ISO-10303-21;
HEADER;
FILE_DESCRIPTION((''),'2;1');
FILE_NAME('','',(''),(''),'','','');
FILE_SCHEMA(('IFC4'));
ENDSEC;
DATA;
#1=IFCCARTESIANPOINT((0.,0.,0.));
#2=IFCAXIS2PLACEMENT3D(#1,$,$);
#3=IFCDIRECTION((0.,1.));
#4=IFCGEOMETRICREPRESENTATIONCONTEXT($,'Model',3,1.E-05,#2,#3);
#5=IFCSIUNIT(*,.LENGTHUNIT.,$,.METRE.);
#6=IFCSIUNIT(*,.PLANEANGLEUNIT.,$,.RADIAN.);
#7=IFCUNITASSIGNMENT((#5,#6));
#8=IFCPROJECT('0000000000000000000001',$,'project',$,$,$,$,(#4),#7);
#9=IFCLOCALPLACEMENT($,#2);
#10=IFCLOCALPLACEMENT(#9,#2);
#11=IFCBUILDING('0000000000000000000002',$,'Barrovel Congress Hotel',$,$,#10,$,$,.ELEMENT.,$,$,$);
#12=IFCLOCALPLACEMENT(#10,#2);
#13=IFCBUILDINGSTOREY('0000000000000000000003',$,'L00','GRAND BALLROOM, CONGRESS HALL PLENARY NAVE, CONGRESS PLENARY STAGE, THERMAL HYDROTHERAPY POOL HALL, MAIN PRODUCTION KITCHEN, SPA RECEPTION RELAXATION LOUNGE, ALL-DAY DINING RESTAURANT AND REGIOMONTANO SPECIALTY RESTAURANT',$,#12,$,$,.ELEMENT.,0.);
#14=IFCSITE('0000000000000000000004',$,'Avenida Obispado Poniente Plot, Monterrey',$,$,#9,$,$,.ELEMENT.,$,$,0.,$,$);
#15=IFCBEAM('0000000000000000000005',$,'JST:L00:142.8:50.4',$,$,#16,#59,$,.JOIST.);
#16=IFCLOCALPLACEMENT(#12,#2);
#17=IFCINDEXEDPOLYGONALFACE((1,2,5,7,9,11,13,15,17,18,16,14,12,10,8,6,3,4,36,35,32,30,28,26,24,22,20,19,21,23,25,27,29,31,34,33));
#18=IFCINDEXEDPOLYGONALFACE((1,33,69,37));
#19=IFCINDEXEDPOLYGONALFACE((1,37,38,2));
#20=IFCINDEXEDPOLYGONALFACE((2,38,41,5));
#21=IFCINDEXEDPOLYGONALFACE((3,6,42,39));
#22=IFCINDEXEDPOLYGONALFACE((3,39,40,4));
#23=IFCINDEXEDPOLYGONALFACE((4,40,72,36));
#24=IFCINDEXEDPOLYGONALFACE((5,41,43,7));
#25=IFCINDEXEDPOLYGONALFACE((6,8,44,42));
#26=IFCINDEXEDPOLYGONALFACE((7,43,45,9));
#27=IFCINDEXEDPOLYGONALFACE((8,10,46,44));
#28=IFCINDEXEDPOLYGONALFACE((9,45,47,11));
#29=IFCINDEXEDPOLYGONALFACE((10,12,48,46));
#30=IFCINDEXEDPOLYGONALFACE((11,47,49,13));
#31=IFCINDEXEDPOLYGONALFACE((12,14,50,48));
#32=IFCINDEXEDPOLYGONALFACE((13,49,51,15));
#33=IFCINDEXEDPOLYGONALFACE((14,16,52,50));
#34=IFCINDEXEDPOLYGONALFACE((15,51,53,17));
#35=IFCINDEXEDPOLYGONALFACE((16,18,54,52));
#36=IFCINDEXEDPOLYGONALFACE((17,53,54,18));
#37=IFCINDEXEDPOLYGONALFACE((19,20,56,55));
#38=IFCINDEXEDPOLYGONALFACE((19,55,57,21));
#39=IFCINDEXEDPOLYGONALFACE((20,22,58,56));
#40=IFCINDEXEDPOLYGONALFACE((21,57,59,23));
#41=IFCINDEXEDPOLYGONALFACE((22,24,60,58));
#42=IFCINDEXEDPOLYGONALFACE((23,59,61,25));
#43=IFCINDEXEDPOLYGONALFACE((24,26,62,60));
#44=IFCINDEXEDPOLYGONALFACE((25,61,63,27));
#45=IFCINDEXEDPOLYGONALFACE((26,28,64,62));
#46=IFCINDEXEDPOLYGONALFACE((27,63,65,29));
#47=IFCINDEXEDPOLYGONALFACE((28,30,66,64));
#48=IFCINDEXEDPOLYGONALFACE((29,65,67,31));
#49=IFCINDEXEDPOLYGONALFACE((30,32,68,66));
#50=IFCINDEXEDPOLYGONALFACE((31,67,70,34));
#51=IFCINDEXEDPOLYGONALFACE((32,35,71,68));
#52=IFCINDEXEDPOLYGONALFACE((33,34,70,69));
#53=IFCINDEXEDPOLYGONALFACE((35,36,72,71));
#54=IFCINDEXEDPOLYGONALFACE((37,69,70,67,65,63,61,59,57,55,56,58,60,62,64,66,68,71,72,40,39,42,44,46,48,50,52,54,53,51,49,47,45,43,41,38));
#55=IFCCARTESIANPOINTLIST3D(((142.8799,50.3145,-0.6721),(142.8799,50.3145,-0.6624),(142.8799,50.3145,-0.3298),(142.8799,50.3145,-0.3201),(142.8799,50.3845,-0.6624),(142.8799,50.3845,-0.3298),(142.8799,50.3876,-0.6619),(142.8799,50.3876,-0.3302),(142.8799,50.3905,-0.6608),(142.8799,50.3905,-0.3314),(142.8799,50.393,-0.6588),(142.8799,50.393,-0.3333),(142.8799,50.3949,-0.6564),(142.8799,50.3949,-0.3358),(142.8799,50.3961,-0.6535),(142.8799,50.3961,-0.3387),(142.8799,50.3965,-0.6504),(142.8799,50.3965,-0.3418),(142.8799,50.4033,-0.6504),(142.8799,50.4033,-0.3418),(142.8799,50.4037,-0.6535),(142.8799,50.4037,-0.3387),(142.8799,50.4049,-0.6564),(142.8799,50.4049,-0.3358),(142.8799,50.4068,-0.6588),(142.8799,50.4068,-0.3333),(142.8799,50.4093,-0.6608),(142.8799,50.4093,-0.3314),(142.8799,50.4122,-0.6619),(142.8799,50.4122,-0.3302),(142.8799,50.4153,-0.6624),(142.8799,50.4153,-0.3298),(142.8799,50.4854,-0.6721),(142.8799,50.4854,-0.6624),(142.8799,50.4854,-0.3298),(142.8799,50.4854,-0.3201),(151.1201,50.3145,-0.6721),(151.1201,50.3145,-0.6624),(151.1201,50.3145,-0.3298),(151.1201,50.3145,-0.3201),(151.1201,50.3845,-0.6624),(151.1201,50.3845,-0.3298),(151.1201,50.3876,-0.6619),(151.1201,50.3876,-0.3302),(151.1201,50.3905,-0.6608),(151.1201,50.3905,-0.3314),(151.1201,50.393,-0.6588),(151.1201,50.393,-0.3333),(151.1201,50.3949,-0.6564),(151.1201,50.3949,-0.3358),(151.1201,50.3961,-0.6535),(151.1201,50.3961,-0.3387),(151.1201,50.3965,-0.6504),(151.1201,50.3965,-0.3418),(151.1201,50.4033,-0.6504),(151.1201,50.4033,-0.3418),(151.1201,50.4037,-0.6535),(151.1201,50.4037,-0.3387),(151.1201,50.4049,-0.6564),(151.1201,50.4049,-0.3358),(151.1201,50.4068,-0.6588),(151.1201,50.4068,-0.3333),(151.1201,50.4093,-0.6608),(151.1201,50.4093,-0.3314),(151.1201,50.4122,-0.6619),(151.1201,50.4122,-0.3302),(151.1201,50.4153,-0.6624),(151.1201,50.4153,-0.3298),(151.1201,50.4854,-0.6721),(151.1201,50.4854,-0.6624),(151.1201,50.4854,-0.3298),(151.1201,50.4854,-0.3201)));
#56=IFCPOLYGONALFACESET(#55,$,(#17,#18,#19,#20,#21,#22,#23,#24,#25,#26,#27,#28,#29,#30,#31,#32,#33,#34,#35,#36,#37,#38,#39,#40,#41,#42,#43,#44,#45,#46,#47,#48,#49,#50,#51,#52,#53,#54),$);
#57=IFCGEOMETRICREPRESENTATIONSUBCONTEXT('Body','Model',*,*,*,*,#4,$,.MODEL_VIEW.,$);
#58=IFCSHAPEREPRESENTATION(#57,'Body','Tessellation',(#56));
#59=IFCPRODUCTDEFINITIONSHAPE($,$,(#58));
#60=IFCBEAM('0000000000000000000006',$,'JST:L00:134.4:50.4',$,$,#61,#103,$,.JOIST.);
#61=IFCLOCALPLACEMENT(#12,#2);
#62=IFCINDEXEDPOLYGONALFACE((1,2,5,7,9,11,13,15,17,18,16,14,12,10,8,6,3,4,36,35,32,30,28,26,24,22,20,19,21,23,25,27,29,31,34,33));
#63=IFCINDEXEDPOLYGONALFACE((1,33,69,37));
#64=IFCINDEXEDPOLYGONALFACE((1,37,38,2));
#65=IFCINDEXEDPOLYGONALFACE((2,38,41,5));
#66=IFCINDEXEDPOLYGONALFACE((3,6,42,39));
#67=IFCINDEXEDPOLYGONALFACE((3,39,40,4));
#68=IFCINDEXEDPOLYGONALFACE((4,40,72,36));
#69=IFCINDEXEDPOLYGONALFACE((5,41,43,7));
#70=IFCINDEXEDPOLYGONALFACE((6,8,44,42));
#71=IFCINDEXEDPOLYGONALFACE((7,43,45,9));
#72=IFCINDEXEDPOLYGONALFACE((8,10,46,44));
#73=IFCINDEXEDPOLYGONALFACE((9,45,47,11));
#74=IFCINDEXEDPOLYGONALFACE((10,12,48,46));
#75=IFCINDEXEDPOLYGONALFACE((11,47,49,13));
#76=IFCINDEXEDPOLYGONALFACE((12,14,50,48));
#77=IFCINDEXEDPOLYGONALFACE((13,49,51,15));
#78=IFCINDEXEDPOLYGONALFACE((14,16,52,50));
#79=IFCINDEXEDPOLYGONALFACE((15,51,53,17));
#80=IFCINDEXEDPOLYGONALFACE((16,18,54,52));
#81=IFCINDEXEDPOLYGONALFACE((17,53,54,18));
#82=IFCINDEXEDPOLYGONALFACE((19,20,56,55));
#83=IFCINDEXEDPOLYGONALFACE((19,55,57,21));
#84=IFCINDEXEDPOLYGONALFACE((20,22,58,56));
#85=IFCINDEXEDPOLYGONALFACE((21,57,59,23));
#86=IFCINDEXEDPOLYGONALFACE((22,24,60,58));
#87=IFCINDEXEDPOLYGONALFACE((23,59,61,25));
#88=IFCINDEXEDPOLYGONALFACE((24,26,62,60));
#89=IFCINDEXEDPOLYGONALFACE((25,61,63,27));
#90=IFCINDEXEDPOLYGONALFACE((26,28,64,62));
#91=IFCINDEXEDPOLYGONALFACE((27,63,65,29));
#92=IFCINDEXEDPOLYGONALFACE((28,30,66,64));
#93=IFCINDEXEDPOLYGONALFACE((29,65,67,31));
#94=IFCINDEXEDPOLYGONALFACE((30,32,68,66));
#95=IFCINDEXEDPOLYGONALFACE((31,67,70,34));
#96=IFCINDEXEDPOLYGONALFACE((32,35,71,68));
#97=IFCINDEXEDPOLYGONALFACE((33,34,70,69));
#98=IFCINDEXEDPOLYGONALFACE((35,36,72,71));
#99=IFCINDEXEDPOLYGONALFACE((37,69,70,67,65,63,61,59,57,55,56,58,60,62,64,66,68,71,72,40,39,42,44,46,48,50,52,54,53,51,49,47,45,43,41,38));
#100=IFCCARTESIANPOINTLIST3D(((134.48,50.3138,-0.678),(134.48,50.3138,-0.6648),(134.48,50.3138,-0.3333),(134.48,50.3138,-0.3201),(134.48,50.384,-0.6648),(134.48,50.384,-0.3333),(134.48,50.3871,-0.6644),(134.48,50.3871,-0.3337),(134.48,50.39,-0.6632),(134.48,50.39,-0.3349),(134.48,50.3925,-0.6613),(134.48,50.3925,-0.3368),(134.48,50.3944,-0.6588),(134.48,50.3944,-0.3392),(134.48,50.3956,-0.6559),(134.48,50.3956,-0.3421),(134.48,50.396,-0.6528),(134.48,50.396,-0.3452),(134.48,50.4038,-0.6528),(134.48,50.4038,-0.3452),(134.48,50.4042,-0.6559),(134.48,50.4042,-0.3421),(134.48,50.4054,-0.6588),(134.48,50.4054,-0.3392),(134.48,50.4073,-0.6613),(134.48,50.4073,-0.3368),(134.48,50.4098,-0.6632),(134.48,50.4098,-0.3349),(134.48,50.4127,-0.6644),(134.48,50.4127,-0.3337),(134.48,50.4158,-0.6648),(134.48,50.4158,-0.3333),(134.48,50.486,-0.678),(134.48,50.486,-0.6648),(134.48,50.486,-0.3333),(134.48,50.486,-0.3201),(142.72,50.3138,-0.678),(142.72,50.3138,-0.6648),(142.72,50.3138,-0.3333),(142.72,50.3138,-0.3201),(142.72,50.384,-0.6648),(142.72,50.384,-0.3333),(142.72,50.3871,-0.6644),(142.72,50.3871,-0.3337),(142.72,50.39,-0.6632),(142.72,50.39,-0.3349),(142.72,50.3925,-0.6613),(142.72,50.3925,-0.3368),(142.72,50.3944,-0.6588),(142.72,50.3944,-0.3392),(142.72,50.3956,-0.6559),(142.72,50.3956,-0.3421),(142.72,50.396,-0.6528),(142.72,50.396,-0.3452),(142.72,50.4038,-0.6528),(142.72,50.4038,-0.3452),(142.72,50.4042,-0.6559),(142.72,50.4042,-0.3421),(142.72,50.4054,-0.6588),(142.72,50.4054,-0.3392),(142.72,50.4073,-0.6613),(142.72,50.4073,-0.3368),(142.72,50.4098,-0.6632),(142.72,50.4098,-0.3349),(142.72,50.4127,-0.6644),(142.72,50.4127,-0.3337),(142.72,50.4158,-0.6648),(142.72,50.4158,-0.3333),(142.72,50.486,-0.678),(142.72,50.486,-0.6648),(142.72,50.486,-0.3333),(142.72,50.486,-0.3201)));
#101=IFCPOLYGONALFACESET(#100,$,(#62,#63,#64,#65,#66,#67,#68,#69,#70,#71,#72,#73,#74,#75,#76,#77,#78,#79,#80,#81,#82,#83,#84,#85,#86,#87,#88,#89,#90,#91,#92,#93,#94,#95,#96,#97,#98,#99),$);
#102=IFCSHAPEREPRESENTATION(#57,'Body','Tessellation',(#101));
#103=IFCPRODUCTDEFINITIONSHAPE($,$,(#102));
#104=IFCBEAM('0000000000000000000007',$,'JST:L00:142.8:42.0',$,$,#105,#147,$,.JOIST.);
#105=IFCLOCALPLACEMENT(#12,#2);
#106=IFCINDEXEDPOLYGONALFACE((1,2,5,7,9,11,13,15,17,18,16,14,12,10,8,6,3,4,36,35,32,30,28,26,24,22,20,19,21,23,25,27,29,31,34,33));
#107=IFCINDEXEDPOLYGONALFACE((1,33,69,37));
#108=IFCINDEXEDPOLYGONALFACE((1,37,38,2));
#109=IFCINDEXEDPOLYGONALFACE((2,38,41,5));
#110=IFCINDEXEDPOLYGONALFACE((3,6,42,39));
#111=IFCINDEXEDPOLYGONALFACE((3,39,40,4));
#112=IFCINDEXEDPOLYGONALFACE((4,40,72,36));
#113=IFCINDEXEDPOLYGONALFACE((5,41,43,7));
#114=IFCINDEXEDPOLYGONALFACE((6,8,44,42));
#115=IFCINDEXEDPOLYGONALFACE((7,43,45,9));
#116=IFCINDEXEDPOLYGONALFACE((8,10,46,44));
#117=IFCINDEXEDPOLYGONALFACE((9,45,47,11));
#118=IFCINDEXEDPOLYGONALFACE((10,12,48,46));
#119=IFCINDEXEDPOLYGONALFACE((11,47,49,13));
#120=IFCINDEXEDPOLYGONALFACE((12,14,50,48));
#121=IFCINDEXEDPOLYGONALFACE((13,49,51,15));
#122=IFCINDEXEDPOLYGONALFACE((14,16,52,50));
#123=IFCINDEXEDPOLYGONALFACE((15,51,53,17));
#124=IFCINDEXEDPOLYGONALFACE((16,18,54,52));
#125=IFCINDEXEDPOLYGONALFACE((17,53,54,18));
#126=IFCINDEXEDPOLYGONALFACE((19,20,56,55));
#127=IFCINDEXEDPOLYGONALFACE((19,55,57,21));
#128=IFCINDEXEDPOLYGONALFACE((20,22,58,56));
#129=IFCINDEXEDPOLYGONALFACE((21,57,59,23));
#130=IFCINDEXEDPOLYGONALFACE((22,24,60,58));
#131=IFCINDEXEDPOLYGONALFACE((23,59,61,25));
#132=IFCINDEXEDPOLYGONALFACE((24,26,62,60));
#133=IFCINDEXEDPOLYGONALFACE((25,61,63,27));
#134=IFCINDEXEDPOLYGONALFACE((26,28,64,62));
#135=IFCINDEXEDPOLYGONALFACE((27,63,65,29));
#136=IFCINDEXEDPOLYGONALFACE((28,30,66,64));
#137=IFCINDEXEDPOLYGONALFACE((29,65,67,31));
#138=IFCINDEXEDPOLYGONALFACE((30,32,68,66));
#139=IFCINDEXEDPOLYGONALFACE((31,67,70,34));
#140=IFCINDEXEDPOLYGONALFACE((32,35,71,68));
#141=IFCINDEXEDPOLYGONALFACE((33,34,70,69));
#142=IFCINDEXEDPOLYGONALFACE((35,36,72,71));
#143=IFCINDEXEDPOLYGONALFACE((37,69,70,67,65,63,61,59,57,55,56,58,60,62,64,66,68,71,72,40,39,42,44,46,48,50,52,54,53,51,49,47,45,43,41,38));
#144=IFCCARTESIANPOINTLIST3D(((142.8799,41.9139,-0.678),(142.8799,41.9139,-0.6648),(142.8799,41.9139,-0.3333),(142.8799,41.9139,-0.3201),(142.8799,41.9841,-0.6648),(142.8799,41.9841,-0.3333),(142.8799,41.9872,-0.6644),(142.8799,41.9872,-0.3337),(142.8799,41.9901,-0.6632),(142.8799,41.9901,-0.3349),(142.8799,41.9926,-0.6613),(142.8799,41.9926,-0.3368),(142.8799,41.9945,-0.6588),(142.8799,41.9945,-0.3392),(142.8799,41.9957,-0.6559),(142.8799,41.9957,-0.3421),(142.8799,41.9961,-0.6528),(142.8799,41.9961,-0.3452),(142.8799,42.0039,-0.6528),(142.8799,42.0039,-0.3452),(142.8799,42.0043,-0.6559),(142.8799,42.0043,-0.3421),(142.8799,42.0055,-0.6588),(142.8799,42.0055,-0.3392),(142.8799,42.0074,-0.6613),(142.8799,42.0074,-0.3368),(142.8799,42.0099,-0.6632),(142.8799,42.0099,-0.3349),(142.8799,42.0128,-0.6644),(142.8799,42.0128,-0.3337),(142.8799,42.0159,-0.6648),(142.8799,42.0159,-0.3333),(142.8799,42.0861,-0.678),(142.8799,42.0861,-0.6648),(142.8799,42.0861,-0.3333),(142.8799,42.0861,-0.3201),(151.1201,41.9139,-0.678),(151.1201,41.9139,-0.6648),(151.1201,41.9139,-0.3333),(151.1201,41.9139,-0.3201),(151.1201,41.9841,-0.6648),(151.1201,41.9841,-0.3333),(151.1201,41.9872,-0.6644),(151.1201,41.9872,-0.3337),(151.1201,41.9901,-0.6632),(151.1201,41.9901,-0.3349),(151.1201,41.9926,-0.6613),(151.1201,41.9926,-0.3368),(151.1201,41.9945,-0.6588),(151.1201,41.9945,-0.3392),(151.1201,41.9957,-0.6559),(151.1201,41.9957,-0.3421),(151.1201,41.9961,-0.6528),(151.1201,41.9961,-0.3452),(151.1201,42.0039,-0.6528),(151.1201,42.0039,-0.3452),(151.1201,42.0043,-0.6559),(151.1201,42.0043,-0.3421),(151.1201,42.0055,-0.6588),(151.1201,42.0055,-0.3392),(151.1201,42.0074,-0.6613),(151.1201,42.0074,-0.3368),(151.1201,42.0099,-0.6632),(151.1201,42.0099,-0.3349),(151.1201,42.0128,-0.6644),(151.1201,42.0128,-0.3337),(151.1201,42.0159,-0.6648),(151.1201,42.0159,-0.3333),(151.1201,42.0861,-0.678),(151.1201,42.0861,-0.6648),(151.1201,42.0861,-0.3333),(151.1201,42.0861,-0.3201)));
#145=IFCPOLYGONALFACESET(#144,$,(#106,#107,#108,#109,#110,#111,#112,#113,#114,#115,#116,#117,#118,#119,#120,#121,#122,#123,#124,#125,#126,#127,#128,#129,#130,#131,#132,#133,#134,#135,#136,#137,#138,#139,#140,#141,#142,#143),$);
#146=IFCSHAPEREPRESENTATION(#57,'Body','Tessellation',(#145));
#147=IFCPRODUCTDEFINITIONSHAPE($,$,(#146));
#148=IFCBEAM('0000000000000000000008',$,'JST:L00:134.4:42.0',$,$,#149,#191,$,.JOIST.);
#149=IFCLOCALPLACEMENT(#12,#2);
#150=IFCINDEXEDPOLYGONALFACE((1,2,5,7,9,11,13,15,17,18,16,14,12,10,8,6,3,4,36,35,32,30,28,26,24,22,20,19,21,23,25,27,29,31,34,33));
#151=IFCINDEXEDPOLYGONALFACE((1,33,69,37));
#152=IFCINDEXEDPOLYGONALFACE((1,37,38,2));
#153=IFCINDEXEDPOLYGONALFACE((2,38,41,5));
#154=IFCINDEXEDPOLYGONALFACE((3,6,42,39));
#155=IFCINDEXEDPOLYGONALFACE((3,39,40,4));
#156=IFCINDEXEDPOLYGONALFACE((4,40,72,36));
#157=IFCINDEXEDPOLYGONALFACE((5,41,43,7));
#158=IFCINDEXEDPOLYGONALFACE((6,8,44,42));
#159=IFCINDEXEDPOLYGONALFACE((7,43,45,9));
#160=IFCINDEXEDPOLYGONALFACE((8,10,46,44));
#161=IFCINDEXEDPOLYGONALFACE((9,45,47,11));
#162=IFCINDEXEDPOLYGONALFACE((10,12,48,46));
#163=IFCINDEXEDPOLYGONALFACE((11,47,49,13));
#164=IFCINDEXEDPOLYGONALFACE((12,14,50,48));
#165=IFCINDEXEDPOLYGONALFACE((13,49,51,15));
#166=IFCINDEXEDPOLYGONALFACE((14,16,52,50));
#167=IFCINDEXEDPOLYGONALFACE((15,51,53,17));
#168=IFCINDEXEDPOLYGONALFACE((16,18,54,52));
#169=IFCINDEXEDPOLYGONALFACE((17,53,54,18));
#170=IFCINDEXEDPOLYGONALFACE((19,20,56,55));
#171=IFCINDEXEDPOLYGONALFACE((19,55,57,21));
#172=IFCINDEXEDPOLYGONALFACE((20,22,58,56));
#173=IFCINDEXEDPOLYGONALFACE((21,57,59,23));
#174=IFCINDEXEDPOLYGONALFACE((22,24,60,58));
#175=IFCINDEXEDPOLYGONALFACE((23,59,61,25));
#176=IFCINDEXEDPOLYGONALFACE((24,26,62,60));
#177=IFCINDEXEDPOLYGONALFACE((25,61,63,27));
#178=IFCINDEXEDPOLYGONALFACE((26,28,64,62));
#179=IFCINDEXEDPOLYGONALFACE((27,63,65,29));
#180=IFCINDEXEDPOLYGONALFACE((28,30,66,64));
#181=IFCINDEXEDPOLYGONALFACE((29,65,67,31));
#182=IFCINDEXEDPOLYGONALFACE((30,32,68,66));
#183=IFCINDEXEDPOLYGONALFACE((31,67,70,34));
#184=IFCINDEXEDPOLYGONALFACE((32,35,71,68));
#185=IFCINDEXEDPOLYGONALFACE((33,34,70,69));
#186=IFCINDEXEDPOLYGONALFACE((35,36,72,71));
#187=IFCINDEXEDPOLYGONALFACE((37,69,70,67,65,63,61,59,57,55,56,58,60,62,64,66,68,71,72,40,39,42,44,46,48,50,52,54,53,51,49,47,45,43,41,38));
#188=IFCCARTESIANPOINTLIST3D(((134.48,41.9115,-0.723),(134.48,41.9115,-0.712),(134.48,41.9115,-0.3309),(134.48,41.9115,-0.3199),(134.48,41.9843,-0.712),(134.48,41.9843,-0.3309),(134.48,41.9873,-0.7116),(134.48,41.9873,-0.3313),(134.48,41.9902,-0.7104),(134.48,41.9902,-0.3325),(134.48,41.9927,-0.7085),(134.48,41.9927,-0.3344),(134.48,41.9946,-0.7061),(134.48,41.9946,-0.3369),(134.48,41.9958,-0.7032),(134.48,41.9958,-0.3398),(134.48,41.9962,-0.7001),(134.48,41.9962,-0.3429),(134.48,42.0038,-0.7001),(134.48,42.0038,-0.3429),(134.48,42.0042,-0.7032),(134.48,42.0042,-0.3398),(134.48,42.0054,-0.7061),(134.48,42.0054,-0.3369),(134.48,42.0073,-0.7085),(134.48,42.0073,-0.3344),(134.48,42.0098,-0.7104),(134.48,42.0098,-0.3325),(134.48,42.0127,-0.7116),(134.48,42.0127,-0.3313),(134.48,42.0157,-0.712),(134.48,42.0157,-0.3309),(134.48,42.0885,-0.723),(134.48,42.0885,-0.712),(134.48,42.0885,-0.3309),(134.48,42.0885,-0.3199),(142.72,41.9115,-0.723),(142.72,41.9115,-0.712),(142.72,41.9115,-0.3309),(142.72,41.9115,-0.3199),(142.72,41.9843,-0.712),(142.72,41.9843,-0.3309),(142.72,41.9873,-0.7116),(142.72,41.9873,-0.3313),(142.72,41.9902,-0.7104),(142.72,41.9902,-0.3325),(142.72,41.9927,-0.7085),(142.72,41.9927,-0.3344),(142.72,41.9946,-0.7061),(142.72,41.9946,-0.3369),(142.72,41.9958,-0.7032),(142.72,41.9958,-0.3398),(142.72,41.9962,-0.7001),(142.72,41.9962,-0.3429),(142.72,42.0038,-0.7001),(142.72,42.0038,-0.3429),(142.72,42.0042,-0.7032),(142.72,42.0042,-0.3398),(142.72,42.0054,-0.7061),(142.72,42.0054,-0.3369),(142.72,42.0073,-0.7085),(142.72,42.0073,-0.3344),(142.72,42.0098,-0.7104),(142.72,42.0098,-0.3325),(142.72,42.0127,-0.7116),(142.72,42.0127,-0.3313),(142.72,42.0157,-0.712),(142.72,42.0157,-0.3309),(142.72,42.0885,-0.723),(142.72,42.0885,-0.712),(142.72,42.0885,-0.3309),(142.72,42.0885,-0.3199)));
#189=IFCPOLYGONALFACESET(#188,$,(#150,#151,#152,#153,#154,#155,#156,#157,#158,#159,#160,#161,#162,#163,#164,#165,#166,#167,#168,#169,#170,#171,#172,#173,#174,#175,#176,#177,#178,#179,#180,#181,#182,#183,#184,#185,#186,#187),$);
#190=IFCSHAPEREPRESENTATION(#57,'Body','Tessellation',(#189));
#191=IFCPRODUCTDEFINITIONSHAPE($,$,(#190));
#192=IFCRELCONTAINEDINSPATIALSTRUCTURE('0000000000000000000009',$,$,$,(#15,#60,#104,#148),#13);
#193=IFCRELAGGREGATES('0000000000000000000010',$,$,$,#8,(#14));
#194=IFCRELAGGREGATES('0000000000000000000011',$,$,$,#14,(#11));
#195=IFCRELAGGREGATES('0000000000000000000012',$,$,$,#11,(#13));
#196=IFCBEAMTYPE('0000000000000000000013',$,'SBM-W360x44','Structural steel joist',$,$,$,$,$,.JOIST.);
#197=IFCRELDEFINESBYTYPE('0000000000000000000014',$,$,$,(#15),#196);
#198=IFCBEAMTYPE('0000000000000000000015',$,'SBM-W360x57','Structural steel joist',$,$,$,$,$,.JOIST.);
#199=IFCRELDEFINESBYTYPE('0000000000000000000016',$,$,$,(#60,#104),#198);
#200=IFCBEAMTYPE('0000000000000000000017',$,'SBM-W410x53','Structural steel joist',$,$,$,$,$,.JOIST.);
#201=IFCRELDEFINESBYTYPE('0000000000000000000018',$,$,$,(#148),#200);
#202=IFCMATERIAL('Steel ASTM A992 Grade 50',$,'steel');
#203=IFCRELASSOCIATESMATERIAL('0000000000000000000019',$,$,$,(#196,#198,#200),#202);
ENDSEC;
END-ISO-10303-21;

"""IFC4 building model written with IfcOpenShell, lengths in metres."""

from ifc_helpers import new_model, si_unit, direction, frame, origin, origin_2d, place, context, subcontext, project, spatial, i_section, extrude, material, material_profile, profile_set, type_object, element, save


model = new_model("IFC4")

# Units and contexts
model_context = context("Model", 3, precision=1e-05, world=origin(), true_north=direction((0.0, 1.0)))
body_context = subcontext(model_context, "Body", "Model", "MODEL_VIEW")
ifc_project = project(units=[si_unit("LENGTHUNIT", "METRE"), si_unit("PLANEANGLEUNIT", "RADIAN")], contexts=[model_context])

# Site, building, storey
site_placement = place(None, origin())
site = spatial("IfcSite", under=ifc_project, at=site_placement, Name="Avenida Obispado Poniente Plot, Monterrey", CompositionType="ELEMENT", RefElevation=0.0)
building_placement = place(site_placement, origin())
building = spatial("IfcBuilding", under=site, at=building_placement, Name="Barrovel Congress Hotel", CompositionType="ELEMENT")
storey_placement = place(building_placement, origin())
storey = spatial("IfcBuildingStorey", under=building, at=storey_placement, Name="L00", Description="GRAND BALLROOM, CONGRESS HALL PLENARY NAVE, CONGRESS PLENARY STAGE, THERMAL HYDROTHERAPY POOL HALL, MAIN PRODUCTION KITCHEN, SPA RECEPTION RELAXATION LOUNGE, ALL-DAY DINING RESTAURANT AND REGIOMONTANO SPECIALTY RESTAURANT", CompositionType="ELEMENT", Elevation=0.0)

# Beams
ifc_material_1 = material(Name="Steel ASTM A992 Grade 50", Category="steel")
ifc_material_profile_1 = material_profile(ifc_material_1, i_section(OverallWidth=0.1709, OverallDepth=0.3521, WebThickness=0.0068, FlangeThickness=0.0098, FilletRadius=0.012, at=origin_2d()), Name="W360x44")
ifc_profile_set_1 = profile_set([ifc_material_profile_1], Name="Steel ASTM A992 Grade 50")
beam_type_1 = type_object("IfcBeamType", Name="SBM-W360x44", Description="Structural steel joist", PredefinedType="JOIST", material=ifc_profile_set_1)
beam_1_placement = place(storey_placement, frame((142.8799, 50.3999, -0.4961), z_axis=(1.0, 0.0, 0.0), x_axis=(0.0, 1.0, 0.0)))
element("IfcBeam", 1, at=beam_1_placement, inside=storey, type_object=beam_type_1, Name="JST:L00:142.8:50.4", PredefinedType="JOIST", context=body_context, shape_type="SweptSolid", body=[
    extrude(i_section(OverallWidth=0.1709, OverallDepth=0.3521, WebThickness=0.0068, FlangeThickness=0.0098, FilletRadius=0.012, at=origin_2d()), origin(), (0.0, 0.0, 1.0), 8.2402),
])
ifc_material_profile_2 = material_profile(ifc_material_1, i_section(OverallWidth=0.1721, OverallDepth=0.3579, WebThickness=0.0078, FlangeThickness=0.0132, FilletRadius=0.012, at=origin_2d()), Name="W360x57")
ifc_profile_set_2 = profile_set([ifc_material_profile_2], Name="Steel ASTM A992 Grade 50")
beam_type_2 = type_object("IfcBeamType", Name="SBM-W360x57", Description="Structural steel joist", PredefinedType="JOIST", material=ifc_profile_set_2)
beam_2_placement = place(storey_placement, frame((134.48, 50.3999, -0.499), z_axis=(1.0, 0.0, 0.0), x_axis=(0.0, 1.0, 0.0)))
element("IfcBeam", 2, at=beam_2_placement, inside=storey, type_object=beam_type_2, Name="JST:L00:134.4:50.4", PredefinedType="JOIST", context=body_context, shape_type="SweptSolid", body=[
    extrude(i_section(OverallWidth=0.1721, OverallDepth=0.3579, WebThickness=0.0078, FlangeThickness=0.0132, FilletRadius=0.012, at=origin_2d()), origin(), (0.0, 0.0, 1.0), 8.24),
])
beam_3_placement = place(storey_placement, frame((142.8799, 42.0, -0.499), z_axis=(1.0, 0.0, 0.0), x_axis=(0.0, 1.0, 0.0)))
element("IfcBeam", 3, at=beam_3_placement, inside=storey, type_object=beam_type_2, Name="JST:L00:142.8:42.0", PredefinedType="JOIST", context=body_context, shape_type="SweptSolid", body=[
    extrude(i_section(OverallWidth=0.1721, OverallDepth=0.3579, WebThickness=0.0078, FlangeThickness=0.0132, FilletRadius=0.012, at=origin_2d()), origin(), (0.0, 0.0, 1.0), 8.2402),
])
ifc_material_profile_3 = material_profile(ifc_material_1, i_section(OverallWidth=0.177, OverallDepth=0.4031, WebThickness=0.0076, FlangeThickness=0.011, FilletRadius=0.012, at=origin_2d()), Name="W410x53")
ifc_profile_set_3 = profile_set([ifc_material_profile_3], Name="Steel ASTM A992 Grade 50")
beam_type_3 = type_object("IfcBeamType", Name="SBM-W410x53", Description="Structural steel joist", PredefinedType="JOIST", material=ifc_profile_set_3)
beam_4_placement = place(storey_placement, frame((134.48, 42.0, -0.5215), z_axis=(1.0, 0.0, 0.0), x_axis=(0.0, 1.0, 0.0)))
element("IfcBeam", 4, at=beam_4_placement, inside=storey, type_object=beam_type_3, Name="JST:L00:134.4:42.0", PredefinedType="JOIST", context=body_context, shape_type="SweptSolid", body=[
    extrude(i_section(OverallWidth=0.177, OverallDepth=0.4031, WebThickness=0.0076, FlangeThickness=0.011, FilletRadius=0.012, at=origin_2d()), origin(), (0.0, 0.0, 1.0), 8.24),
])

save(model, "model.ifc")
